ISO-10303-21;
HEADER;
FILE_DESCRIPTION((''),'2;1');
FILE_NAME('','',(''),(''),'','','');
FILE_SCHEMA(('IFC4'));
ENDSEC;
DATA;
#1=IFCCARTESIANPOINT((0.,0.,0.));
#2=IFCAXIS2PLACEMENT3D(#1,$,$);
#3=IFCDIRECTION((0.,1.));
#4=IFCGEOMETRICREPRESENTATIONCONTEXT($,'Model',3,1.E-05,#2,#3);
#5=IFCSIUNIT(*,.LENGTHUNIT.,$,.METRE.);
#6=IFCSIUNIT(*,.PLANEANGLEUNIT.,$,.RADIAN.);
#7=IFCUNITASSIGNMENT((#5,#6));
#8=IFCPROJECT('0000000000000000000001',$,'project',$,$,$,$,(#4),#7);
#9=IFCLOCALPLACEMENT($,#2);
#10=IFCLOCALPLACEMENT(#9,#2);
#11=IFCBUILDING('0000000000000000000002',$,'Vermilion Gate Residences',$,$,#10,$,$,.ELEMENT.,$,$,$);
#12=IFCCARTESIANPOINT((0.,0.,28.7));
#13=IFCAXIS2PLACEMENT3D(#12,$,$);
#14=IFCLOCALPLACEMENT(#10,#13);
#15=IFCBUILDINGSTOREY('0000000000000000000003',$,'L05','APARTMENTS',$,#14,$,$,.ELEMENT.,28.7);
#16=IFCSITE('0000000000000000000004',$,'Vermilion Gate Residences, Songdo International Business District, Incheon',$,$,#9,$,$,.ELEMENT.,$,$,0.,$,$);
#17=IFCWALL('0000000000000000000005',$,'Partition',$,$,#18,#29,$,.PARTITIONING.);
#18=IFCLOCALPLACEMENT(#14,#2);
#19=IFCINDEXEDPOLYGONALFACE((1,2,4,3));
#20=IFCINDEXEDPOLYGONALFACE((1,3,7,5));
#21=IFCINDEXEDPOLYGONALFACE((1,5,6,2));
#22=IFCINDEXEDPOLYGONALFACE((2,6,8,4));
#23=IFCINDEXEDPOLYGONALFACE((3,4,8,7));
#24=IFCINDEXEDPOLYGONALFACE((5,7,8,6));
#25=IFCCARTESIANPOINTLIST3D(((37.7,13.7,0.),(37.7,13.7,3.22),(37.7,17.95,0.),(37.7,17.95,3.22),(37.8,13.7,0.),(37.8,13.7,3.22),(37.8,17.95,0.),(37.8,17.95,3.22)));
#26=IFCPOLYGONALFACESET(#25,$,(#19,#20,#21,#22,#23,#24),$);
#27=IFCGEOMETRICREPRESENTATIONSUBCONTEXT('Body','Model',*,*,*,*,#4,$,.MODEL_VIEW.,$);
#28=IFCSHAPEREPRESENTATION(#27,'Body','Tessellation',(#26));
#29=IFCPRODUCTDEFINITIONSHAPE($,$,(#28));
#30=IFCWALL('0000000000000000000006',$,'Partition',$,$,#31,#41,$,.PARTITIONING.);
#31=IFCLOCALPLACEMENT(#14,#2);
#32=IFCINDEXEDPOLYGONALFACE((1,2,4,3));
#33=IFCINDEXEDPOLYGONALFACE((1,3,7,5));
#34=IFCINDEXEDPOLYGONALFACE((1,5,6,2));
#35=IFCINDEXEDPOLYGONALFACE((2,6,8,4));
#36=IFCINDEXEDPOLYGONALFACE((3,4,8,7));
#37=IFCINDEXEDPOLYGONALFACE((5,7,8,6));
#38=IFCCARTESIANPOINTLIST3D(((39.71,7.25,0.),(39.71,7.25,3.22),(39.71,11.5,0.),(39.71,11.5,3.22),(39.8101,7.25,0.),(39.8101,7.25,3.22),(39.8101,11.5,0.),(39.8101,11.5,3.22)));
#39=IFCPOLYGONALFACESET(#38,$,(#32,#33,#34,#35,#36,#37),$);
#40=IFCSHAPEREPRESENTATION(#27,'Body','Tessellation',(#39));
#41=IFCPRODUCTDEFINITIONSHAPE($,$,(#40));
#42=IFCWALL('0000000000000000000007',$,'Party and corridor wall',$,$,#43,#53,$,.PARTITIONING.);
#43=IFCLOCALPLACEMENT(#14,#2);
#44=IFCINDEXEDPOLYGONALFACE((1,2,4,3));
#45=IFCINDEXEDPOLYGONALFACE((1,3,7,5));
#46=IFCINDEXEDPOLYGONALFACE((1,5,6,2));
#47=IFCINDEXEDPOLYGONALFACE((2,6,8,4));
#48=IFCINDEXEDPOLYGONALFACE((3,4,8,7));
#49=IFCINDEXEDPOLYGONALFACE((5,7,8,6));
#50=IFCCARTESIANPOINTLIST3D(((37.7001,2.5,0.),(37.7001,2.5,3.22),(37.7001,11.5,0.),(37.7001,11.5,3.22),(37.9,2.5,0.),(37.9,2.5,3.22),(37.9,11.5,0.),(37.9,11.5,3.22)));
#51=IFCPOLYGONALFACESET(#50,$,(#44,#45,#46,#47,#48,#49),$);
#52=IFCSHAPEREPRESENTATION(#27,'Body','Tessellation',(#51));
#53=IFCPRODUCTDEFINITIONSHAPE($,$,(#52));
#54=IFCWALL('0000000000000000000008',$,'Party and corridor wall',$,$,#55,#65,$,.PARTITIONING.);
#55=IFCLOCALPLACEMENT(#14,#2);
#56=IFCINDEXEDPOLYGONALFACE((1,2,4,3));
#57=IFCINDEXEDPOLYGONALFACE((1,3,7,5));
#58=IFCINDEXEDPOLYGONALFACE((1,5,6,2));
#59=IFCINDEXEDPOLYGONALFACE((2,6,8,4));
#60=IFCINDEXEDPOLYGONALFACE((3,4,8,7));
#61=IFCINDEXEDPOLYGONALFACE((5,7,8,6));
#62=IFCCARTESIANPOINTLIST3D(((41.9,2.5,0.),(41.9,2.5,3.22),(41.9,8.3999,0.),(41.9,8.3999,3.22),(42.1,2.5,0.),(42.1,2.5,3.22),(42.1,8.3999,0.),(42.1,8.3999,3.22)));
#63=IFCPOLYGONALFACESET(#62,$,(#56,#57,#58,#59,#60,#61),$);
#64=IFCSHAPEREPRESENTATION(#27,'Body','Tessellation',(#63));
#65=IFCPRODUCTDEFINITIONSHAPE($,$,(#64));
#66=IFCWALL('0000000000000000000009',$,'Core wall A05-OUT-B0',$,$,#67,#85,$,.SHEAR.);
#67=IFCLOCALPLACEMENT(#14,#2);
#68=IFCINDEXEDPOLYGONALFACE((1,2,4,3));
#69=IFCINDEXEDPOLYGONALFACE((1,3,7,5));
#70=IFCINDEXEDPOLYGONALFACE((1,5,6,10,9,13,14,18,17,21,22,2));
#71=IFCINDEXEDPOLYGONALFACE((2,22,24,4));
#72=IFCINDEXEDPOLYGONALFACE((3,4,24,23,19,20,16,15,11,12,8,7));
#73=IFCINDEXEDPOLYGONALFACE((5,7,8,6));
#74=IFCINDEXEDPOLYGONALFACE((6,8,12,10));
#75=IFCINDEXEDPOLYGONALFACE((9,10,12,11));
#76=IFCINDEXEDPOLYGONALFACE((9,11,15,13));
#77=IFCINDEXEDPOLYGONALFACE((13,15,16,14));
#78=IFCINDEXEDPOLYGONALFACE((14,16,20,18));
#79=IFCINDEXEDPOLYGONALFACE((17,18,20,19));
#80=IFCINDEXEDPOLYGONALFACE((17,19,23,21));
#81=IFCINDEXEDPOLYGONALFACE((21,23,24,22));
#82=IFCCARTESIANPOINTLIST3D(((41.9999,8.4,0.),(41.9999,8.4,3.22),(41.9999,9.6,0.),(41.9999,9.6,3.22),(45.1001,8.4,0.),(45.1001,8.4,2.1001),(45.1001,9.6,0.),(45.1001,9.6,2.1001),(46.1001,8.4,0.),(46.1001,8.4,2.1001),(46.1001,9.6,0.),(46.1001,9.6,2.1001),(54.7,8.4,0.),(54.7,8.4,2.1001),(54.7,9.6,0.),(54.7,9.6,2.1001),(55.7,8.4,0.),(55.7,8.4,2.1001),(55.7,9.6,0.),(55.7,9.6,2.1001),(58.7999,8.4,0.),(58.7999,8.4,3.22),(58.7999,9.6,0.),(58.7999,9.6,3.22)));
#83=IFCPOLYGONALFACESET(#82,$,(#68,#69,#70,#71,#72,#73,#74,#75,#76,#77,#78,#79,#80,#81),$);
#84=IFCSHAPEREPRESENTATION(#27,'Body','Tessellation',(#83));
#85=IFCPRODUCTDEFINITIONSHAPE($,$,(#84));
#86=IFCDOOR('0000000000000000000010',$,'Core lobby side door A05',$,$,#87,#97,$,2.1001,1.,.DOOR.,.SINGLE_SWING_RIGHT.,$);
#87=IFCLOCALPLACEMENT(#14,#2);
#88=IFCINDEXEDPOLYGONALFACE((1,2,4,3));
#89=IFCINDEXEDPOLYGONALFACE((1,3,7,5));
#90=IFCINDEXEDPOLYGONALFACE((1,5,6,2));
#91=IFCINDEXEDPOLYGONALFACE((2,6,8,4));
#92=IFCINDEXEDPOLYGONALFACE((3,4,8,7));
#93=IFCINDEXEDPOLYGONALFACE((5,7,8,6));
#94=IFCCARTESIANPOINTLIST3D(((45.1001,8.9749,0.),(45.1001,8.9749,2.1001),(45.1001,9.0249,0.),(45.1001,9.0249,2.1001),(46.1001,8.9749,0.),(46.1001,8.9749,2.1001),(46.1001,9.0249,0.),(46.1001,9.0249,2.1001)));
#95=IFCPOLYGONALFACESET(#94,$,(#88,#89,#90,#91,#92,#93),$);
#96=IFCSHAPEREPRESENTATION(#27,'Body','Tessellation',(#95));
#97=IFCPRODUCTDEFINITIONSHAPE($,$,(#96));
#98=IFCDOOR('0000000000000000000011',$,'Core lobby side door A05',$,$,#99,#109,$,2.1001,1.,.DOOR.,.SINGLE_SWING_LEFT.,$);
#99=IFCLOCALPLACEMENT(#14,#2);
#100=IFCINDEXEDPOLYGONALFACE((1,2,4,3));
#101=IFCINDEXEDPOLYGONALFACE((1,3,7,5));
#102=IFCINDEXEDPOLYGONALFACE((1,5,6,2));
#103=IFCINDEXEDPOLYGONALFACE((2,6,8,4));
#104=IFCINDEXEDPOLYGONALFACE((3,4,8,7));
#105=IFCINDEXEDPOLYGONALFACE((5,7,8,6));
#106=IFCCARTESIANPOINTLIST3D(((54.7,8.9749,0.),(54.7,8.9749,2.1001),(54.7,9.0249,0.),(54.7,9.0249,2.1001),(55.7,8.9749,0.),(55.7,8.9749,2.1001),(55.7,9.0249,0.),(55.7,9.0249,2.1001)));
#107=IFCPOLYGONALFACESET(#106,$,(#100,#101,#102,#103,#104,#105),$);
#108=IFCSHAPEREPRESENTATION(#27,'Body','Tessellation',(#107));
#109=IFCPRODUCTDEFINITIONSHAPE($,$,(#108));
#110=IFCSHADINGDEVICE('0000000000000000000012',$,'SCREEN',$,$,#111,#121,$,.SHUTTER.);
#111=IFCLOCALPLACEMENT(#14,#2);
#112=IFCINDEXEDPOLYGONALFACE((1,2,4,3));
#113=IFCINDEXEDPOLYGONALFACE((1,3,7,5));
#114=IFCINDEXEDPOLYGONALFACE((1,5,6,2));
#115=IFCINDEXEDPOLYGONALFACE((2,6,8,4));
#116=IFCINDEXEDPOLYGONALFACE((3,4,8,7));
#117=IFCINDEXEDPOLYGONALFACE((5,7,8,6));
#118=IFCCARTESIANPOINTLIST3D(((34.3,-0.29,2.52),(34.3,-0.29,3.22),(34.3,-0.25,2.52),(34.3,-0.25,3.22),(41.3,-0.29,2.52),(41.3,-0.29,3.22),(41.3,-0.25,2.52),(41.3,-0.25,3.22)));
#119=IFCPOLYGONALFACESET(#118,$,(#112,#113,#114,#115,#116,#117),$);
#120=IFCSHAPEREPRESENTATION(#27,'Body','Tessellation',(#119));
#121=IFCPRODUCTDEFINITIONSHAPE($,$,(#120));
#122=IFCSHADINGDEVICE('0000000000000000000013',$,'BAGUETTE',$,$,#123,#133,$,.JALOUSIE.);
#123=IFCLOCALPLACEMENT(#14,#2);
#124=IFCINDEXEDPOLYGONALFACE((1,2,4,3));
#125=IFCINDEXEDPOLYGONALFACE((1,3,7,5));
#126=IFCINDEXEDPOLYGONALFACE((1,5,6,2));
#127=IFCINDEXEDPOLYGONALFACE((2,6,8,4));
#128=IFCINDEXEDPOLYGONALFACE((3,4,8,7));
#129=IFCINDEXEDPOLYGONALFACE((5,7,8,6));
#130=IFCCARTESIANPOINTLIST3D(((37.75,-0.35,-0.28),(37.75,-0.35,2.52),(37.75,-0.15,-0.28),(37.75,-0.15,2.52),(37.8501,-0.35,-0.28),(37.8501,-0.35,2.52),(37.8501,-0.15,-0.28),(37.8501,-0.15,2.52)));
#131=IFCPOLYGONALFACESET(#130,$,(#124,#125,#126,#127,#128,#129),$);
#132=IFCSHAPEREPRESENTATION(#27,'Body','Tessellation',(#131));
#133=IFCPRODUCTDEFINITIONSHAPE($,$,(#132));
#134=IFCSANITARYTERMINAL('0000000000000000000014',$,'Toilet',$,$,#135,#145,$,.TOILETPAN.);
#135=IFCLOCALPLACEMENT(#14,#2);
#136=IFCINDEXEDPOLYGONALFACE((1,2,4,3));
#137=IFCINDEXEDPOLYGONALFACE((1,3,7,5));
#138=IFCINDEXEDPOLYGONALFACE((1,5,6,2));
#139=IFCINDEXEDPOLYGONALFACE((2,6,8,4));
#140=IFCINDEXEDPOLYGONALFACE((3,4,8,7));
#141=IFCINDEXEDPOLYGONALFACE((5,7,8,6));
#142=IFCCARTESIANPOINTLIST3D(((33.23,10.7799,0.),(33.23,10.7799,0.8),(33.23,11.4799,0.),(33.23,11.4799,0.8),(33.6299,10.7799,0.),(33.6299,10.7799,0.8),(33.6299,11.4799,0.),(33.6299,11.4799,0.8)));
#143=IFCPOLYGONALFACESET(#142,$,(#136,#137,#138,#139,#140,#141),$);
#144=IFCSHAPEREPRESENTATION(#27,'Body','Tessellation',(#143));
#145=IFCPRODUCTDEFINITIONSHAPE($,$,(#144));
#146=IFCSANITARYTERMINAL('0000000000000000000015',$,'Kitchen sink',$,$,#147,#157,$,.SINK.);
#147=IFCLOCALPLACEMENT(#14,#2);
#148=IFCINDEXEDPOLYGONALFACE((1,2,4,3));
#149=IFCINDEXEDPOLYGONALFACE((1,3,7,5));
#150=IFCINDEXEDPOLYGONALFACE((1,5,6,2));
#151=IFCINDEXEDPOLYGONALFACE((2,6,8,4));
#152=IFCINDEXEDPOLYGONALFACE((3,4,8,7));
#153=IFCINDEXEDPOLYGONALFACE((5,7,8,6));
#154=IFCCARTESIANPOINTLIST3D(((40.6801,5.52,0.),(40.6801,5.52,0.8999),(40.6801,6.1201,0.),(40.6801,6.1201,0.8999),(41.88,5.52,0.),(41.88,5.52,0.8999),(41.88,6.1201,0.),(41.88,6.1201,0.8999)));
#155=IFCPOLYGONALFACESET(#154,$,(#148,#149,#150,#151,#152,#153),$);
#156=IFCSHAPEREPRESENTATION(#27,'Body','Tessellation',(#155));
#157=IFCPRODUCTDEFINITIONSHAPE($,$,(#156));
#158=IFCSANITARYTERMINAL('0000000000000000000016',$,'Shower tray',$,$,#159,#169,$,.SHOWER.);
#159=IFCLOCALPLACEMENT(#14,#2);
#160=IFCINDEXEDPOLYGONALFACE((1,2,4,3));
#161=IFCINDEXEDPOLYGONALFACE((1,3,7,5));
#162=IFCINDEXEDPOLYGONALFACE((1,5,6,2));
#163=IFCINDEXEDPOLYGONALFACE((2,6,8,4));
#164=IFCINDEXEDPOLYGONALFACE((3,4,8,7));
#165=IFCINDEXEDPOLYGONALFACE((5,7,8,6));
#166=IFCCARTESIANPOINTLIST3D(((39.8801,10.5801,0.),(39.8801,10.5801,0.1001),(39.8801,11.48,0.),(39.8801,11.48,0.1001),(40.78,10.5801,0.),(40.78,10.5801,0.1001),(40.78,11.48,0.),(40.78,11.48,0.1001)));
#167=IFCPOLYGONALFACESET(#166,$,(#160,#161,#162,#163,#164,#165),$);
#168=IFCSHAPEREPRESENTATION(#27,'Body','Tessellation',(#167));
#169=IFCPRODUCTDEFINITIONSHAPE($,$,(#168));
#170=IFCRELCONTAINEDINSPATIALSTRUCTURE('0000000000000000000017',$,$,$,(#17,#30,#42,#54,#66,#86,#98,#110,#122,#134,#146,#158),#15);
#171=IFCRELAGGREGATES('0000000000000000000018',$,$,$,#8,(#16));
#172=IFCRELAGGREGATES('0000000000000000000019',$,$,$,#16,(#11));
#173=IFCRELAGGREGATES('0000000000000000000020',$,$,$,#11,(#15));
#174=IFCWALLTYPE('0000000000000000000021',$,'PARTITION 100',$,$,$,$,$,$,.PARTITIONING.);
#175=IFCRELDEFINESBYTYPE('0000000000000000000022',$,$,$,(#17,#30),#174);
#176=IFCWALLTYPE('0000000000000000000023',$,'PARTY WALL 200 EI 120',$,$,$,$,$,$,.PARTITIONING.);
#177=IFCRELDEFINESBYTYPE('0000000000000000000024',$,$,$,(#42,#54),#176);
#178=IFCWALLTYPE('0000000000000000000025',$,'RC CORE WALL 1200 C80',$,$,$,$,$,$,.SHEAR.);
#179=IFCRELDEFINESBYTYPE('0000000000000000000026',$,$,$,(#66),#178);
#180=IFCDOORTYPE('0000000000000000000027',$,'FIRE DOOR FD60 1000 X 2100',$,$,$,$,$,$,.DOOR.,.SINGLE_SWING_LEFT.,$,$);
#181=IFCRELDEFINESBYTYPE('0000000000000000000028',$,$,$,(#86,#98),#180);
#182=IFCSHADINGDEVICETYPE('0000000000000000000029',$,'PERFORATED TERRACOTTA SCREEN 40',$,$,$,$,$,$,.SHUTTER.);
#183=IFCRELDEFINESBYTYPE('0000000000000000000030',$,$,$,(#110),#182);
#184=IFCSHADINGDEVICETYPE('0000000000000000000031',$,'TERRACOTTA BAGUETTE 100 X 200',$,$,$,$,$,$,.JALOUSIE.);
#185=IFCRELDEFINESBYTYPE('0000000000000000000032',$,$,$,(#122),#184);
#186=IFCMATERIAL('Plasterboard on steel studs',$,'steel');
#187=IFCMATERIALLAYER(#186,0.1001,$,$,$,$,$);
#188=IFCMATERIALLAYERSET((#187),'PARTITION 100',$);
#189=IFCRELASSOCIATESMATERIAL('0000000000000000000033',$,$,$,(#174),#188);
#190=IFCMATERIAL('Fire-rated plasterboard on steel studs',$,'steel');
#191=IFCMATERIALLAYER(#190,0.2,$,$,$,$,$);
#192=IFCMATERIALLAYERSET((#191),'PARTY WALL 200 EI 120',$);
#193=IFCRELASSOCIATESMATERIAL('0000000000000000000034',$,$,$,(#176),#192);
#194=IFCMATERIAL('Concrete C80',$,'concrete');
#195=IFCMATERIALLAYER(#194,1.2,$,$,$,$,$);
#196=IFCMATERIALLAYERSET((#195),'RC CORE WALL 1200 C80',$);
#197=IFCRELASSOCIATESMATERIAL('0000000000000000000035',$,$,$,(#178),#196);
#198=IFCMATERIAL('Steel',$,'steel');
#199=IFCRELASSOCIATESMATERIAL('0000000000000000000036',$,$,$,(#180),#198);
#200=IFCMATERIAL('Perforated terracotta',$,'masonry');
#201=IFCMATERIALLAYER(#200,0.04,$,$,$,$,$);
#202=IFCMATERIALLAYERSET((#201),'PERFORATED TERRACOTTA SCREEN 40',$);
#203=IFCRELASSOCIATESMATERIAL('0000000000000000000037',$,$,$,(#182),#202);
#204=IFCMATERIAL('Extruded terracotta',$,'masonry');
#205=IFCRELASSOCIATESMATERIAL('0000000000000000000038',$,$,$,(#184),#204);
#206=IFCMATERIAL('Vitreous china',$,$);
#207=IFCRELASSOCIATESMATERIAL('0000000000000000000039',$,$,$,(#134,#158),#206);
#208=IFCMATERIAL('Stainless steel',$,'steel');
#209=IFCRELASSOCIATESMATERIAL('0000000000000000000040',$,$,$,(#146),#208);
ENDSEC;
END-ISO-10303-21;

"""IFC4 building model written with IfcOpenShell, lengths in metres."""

from ifc_helpers import new_model, si_unit, direction, frame, frame_2d, origin, origin_2d, place, context, subcontext, project, spatial, rectangle, extrude, material, layer, layer_set, material_profile, profile_set, type_object, element, fill, save


model = new_model("IFC4")

# Units and contexts
model_context = context("Model", 3, precision=1e-05, world=origin(), true_north=direction((0.0, 1.0)))
body_context = subcontext(model_context, "Body", "Model", "MODEL_VIEW")
ifc_project = project(units=[si_unit("LENGTHUNIT", "METRE"), si_unit("PLANEANGLEUNIT", "RADIAN")], contexts=[model_context])

# Site, building, storey
site_placement = place(None, origin())
site = spatial("IfcSite", under=ifc_project, at=site_placement, Name="Vermilion Gate Residences, Songdo International Business District, Incheon", CompositionType="ELEMENT", RefElevation=0.0)
building_placement = place(site_placement, origin())
building = spatial("IfcBuilding", under=site, at=building_placement, Name="Vermilion Gate Residences", CompositionType="ELEMENT")
storey_placement = place(building_placement, frame((0.0, 0.0, 28.7)))
storey = spatial("IfcBuildingStorey", under=building, at=storey_placement, Name="L05", Description="APARTMENTS", CompositionType="ELEMENT", Elevation=28.7)

# Shared definitions
ifc_material_1 = material(Name="Plasterboard on steel studs", Category="steel")
ifc_layer_1 = layer(ifc_material_1, 0.1001)
ifc_layer_set_1 = layer_set([ifc_layer_1], Name="PARTITION 100")
wall_type_1 = type_object("IfcWallType", Name="PARTITION 100", PredefinedType="PARTITIONING", material=ifc_layer_set_1)

# Walls
for number, where, z_axis, x_axis, name in (
    (1, (37.75, 13.7, 0.0), (0.0, 0.0, 1.0), (0.0, 1.0, 0.0), "Partition"),
    (2, (39.76, 7.25, 0.0), (0.0, 0.0, 1.0), (0.0, 1.0, 0.0), "Partition"),
):
    element("IfcWall", number, at=place(storey_placement, frame(where, z_axis=z_axis, x_axis=x_axis)), inside=storey, type_object=wall_type_1, Name=name, PredefinedType="PARTITIONING", context=body_context, shape_type="SweptSolid", body=[
        extrude(rectangle(XDim=4.25, YDim=0.1001, at=frame_2d((2.125, 0.0))), origin(), (0.0, 0.0, 1.0), 3.22),
    ])
ifc_material_2 = material(Name="Fire-rated plasterboard on steel studs", Category="steel")
ifc_layer_2 = layer(ifc_material_2, 0.2)
ifc_layer_set_2 = layer_set([ifc_layer_2], Name="PARTY WALL 200 EI 120")
wall_type_2 = type_object("IfcWallType", Name="PARTY WALL 200 EI 120", PredefinedType="PARTITIONING", material=ifc_layer_set_2)
wall_1_placement = place(storey_placement, frame((37.8, 2.5, 0.0), z_axis=(0.0, 0.0, 1.0), x_axis=(0.0, 1.0, 0.0)))
element("IfcWall", 3, at=wall_1_placement, inside=storey, type_object=wall_type_2, Name="Party and corridor wall", PredefinedType="PARTITIONING", context=body_context, shape_type="SweptSolid", body=[
    extrude(rectangle(XDim=9.0, YDim=0.2, at=frame_2d((4.5, 0.0))), origin(), (0.0, 0.0, 1.0), 3.22),
])
wall_2_placement = place(storey_placement, frame((42.0, 2.5, 0.0), z_axis=(0.0, 0.0, 1.0), x_axis=(0.0, 1.0, 0.0)))
element("IfcWall", 4, at=wall_2_placement, inside=storey, type_object=wall_type_2, Name="Party and corridor wall", PredefinedType="PARTITIONING", context=body_context, shape_type="SweptSolid", body=[
    extrude(rectangle(XDim=5.8999, YDim=0.2, at=frame_2d((2.95, 0.0))), origin(), (0.0, 0.0, 1.0), 3.22),
])

# Wall, openings, doors
ifc_material_3 = material(Name="Concrete C80", Category="concrete")
ifc_layer_3 = layer(ifc_material_3, 1.2)
ifc_layer_set_3 = layer_set([ifc_layer_3], Name="RC CORE WALL 1200 C80")
wall_type_3 = type_object("IfcWallType", Name="RC CORE WALL 1200 C80", PredefinedType="SHEAR", material=ifc_layer_set_3)
wall_3_placement = place(storey_placement, frame((42.0, 9.0, 0.0), z_axis=(0.0, 0.0, 1.0), x_axis=(1.0, 0.0, 0.0)))
wall_3 = element("IfcWall", 5, at=wall_3_placement, inside=storey, type_object=wall_type_3, Name="Core wall A05-OUT-B0", PredefinedType="SHEAR", context=body_context, shape_type="SweptSolid", body=[
    extrude(rectangle(XDim=16.8, YDim=1.2, at=frame_2d((8.3999, 0.0))), origin(), (0.0, 0.0, 1.0), 3.22),
])
opening_1_placement = place(wall_3_placement, frame((3.1001, 0.0, 0.0)))
opening_1 = element("IfcOpeningElement", 6, at=opening_1_placement, cuts=wall_3, PredefinedType="OPENING", context=body_context, shape_type="SweptSolid", body=[
    extrude(rectangle(XDim=1.0, YDim=2.1001, at=frame_2d((0.5, 1.05))), frame((0.0, 0.6099, 0.0), z_axis=(0.0, -1.0, 0.0), x_axis=(1.0, 0.0, 0.0)), (0.0, 0.0, 1.0), 1.22),
])
opening_2_placement = place(wall_3_placement, frame((12.7, 0.0, 0.0)))
opening_2 = element("IfcOpeningElement", 7, at=opening_2_placement, cuts=wall_3, PredefinedType="OPENING", context=body_context, shape_type="SweptSolid", body=[
    extrude(rectangle(XDim=1.0, YDim=2.1001, at=frame_2d((0.5, 1.05))), frame((0.0, 0.6099, 0.0), z_axis=(0.0, -1.0, 0.0), x_axis=(1.0, 0.0, 0.0)), (0.0, 0.0, 1.0), 1.22),
])
ifc_material_4 = material(Name="Steel", Category="steel")
door_type_1 = type_object("IfcDoorType", Name="FIRE DOOR FD60 1000 X 2100", OperationType="SINGLE_SWING_LEFT", PredefinedType="DOOR", material=ifc_material_4)
door_1_placement = place(opening_1_placement, origin())
door_1 = element("IfcDoor", 8, at=door_1_placement, inside=storey, type_object=door_type_1, Name="Core lobby side door A05", OperationType="SINGLE_SWING_RIGHT", OverallHeight=2.1001, OverallWidth=1.0, PredefinedType="DOOR", context=body_context, shape_type="SweptSolid", body=[
    extrude(rectangle(XDim=1.0, YDim=2.1001, at=frame_2d((0.5, 1.05))), frame((0.0, 0.0249, 0.0), z_axis=(0.0, -1.0, 0.0), x_axis=(1.0, 0.0, 0.0)), (0.0, 0.0, 1.0), 0.05),
])
fill(opening_1, door_1)
door_2_placement = place(opening_2_placement, origin())
door_2 = element("IfcDoor", 9, at=door_2_placement, inside=storey, type_object=door_type_1, Name="Core lobby side door A05", OperationType="SINGLE_SWING_LEFT", OverallHeight=2.1001, OverallWidth=1.0, PredefinedType="DOOR", context=body_context, shape_type="SweptSolid", body=[
    extrude(rectangle(XDim=1.0, YDim=2.1001, at=frame_2d((0.5, 1.05))), frame((0.0, 0.0249, 0.0), z_axis=(0.0, -1.0, 0.0), x_axis=(1.0, 0.0, 0.0)), (0.0, 0.0, 1.0), 0.05),
])
fill(opening_2, door_2)

# Shading devices
ifc_material_5 = material(Name="Perforated terracotta", Category="masonry")
ifc_layer_4 = layer(ifc_material_5, 0.04)
ifc_layer_set_4 = layer_set([ifc_layer_4], Name="PERFORATED TERRACOTTA SCREEN 40")
shading_device_type_1 = type_object("IfcShadingDeviceType", Name="PERFORATED TERRACOTTA SCREEN 40", PredefinedType="SHUTTER", material=ifc_layer_set_4)
shading_device_1_placement = place(storey_placement, frame((37.8, -0.27, 2.52), z_axis=(0.0, 0.0, 1.0), x_axis=(1.0, 0.0, 0.0)))
element("IfcShadingDevice", 10, at=shading_device_1_placement, inside=storey, type_object=shading_device_type_1, Name="SCREEN", PredefinedType="SHUTTER", context=body_context, shape_type="SweptSolid", body=[
    extrude(rectangle(XDim=7.0, YDim=0.04, at=origin_2d()), origin(), (0.0, 0.0, 1.0), 0.7),
])
ifc_material_6 = material(Name="Extruded terracotta", Category="masonry")
ifc_material_profile_1 = material_profile(ifc_material_6, rectangle(XDim=0.2, YDim=0.1001, at=origin_2d()), Name="BAGUETTE 100 X 200")
ifc_profile_set_1 = profile_set([ifc_material_profile_1], Name="Extruded terracotta")
shading_device_type_2 = type_object("IfcShadingDeviceType", Name="TERRACOTTA BAGUETTE 100 X 200", PredefinedType="JALOUSIE", material=ifc_profile_set_1)
shading_device_2_placement = place(storey_placement, frame((37.8, -0.25, -0.28), z_axis=(0.0, 0.0, 1.0), x_axis=(0.0, 1.0, 0.0)))
element("IfcShadingDevice", 11, at=shading_device_2_placement, inside=storey, type_object=shading_device_type_2, Name="BAGUETTE", PredefinedType="JALOUSIE", context=body_context, shape_type="SweptSolid", body=[
    extrude(rectangle(XDim=0.2, YDim=0.1001, at=origin_2d()), origin(), (0.0, 0.0, 1.0), 2.8),
])

# Sanitary terminals
ifc_material_7 = material(Name="Vitreous china")
sanitary_terminal_1_placement = place(storey_placement, frame((33.4299, 11.1299, 0.0), z_axis=(0.0, 0.0, 1.0), x_axis=(1.0, 0.0, 0.0)))
element("IfcSanitaryTerminal", 12, at=sanitary_terminal_1_placement, inside=storey, material=ifc_material_7, Name="Toilet", PredefinedType="TOILETPAN", context=body_context, shape_type="SweptSolid", body=[
    extrude(rectangle(XDim=0.3999, YDim=0.7, at=origin_2d()), origin(), (0.0, 0.0, 1.0), 0.8),
])
ifc_material_8 = material(Name="Stainless steel", Category="steel")
sanitary_terminal_2_placement = place(storey_placement, frame((41.28, 5.8201, 0.0), z_axis=(0.0, 0.0, 1.0), x_axis=(1.0, 0.0, 0.0)))
element("IfcSanitaryTerminal", 13, at=sanitary_terminal_2_placement, inside=storey, material=ifc_material_8, Name="Kitchen sink", PredefinedType="SINK", context=body_context, shape_type="SweptSolid", body=[
    extrude(rectangle(XDim=1.2, YDim=0.6001, at=origin_2d()), origin(), (0.0, 0.0, 1.0), 0.8999),
])
sanitary_terminal_3_placement = place(storey_placement, frame((40.3301, 11.03, 0.0), z_axis=(0.0, 0.0, 1.0), x_axis=(1.0, 0.0, 0.0)))
element("IfcSanitaryTerminal", 14, at=sanitary_terminal_3_placement, inside=storey, material=ifc_material_7, Name="Shower tray", PredefinedType="SHOWER", context=body_context, shape_type="SweptSolid", body=[
    extrude(rectangle(XDim=0.8999, YDim=0.8999, at=origin_2d()), origin(), (0.0, 0.0, 1.0), 0.1001),
])

save(model, "model.ifc")
